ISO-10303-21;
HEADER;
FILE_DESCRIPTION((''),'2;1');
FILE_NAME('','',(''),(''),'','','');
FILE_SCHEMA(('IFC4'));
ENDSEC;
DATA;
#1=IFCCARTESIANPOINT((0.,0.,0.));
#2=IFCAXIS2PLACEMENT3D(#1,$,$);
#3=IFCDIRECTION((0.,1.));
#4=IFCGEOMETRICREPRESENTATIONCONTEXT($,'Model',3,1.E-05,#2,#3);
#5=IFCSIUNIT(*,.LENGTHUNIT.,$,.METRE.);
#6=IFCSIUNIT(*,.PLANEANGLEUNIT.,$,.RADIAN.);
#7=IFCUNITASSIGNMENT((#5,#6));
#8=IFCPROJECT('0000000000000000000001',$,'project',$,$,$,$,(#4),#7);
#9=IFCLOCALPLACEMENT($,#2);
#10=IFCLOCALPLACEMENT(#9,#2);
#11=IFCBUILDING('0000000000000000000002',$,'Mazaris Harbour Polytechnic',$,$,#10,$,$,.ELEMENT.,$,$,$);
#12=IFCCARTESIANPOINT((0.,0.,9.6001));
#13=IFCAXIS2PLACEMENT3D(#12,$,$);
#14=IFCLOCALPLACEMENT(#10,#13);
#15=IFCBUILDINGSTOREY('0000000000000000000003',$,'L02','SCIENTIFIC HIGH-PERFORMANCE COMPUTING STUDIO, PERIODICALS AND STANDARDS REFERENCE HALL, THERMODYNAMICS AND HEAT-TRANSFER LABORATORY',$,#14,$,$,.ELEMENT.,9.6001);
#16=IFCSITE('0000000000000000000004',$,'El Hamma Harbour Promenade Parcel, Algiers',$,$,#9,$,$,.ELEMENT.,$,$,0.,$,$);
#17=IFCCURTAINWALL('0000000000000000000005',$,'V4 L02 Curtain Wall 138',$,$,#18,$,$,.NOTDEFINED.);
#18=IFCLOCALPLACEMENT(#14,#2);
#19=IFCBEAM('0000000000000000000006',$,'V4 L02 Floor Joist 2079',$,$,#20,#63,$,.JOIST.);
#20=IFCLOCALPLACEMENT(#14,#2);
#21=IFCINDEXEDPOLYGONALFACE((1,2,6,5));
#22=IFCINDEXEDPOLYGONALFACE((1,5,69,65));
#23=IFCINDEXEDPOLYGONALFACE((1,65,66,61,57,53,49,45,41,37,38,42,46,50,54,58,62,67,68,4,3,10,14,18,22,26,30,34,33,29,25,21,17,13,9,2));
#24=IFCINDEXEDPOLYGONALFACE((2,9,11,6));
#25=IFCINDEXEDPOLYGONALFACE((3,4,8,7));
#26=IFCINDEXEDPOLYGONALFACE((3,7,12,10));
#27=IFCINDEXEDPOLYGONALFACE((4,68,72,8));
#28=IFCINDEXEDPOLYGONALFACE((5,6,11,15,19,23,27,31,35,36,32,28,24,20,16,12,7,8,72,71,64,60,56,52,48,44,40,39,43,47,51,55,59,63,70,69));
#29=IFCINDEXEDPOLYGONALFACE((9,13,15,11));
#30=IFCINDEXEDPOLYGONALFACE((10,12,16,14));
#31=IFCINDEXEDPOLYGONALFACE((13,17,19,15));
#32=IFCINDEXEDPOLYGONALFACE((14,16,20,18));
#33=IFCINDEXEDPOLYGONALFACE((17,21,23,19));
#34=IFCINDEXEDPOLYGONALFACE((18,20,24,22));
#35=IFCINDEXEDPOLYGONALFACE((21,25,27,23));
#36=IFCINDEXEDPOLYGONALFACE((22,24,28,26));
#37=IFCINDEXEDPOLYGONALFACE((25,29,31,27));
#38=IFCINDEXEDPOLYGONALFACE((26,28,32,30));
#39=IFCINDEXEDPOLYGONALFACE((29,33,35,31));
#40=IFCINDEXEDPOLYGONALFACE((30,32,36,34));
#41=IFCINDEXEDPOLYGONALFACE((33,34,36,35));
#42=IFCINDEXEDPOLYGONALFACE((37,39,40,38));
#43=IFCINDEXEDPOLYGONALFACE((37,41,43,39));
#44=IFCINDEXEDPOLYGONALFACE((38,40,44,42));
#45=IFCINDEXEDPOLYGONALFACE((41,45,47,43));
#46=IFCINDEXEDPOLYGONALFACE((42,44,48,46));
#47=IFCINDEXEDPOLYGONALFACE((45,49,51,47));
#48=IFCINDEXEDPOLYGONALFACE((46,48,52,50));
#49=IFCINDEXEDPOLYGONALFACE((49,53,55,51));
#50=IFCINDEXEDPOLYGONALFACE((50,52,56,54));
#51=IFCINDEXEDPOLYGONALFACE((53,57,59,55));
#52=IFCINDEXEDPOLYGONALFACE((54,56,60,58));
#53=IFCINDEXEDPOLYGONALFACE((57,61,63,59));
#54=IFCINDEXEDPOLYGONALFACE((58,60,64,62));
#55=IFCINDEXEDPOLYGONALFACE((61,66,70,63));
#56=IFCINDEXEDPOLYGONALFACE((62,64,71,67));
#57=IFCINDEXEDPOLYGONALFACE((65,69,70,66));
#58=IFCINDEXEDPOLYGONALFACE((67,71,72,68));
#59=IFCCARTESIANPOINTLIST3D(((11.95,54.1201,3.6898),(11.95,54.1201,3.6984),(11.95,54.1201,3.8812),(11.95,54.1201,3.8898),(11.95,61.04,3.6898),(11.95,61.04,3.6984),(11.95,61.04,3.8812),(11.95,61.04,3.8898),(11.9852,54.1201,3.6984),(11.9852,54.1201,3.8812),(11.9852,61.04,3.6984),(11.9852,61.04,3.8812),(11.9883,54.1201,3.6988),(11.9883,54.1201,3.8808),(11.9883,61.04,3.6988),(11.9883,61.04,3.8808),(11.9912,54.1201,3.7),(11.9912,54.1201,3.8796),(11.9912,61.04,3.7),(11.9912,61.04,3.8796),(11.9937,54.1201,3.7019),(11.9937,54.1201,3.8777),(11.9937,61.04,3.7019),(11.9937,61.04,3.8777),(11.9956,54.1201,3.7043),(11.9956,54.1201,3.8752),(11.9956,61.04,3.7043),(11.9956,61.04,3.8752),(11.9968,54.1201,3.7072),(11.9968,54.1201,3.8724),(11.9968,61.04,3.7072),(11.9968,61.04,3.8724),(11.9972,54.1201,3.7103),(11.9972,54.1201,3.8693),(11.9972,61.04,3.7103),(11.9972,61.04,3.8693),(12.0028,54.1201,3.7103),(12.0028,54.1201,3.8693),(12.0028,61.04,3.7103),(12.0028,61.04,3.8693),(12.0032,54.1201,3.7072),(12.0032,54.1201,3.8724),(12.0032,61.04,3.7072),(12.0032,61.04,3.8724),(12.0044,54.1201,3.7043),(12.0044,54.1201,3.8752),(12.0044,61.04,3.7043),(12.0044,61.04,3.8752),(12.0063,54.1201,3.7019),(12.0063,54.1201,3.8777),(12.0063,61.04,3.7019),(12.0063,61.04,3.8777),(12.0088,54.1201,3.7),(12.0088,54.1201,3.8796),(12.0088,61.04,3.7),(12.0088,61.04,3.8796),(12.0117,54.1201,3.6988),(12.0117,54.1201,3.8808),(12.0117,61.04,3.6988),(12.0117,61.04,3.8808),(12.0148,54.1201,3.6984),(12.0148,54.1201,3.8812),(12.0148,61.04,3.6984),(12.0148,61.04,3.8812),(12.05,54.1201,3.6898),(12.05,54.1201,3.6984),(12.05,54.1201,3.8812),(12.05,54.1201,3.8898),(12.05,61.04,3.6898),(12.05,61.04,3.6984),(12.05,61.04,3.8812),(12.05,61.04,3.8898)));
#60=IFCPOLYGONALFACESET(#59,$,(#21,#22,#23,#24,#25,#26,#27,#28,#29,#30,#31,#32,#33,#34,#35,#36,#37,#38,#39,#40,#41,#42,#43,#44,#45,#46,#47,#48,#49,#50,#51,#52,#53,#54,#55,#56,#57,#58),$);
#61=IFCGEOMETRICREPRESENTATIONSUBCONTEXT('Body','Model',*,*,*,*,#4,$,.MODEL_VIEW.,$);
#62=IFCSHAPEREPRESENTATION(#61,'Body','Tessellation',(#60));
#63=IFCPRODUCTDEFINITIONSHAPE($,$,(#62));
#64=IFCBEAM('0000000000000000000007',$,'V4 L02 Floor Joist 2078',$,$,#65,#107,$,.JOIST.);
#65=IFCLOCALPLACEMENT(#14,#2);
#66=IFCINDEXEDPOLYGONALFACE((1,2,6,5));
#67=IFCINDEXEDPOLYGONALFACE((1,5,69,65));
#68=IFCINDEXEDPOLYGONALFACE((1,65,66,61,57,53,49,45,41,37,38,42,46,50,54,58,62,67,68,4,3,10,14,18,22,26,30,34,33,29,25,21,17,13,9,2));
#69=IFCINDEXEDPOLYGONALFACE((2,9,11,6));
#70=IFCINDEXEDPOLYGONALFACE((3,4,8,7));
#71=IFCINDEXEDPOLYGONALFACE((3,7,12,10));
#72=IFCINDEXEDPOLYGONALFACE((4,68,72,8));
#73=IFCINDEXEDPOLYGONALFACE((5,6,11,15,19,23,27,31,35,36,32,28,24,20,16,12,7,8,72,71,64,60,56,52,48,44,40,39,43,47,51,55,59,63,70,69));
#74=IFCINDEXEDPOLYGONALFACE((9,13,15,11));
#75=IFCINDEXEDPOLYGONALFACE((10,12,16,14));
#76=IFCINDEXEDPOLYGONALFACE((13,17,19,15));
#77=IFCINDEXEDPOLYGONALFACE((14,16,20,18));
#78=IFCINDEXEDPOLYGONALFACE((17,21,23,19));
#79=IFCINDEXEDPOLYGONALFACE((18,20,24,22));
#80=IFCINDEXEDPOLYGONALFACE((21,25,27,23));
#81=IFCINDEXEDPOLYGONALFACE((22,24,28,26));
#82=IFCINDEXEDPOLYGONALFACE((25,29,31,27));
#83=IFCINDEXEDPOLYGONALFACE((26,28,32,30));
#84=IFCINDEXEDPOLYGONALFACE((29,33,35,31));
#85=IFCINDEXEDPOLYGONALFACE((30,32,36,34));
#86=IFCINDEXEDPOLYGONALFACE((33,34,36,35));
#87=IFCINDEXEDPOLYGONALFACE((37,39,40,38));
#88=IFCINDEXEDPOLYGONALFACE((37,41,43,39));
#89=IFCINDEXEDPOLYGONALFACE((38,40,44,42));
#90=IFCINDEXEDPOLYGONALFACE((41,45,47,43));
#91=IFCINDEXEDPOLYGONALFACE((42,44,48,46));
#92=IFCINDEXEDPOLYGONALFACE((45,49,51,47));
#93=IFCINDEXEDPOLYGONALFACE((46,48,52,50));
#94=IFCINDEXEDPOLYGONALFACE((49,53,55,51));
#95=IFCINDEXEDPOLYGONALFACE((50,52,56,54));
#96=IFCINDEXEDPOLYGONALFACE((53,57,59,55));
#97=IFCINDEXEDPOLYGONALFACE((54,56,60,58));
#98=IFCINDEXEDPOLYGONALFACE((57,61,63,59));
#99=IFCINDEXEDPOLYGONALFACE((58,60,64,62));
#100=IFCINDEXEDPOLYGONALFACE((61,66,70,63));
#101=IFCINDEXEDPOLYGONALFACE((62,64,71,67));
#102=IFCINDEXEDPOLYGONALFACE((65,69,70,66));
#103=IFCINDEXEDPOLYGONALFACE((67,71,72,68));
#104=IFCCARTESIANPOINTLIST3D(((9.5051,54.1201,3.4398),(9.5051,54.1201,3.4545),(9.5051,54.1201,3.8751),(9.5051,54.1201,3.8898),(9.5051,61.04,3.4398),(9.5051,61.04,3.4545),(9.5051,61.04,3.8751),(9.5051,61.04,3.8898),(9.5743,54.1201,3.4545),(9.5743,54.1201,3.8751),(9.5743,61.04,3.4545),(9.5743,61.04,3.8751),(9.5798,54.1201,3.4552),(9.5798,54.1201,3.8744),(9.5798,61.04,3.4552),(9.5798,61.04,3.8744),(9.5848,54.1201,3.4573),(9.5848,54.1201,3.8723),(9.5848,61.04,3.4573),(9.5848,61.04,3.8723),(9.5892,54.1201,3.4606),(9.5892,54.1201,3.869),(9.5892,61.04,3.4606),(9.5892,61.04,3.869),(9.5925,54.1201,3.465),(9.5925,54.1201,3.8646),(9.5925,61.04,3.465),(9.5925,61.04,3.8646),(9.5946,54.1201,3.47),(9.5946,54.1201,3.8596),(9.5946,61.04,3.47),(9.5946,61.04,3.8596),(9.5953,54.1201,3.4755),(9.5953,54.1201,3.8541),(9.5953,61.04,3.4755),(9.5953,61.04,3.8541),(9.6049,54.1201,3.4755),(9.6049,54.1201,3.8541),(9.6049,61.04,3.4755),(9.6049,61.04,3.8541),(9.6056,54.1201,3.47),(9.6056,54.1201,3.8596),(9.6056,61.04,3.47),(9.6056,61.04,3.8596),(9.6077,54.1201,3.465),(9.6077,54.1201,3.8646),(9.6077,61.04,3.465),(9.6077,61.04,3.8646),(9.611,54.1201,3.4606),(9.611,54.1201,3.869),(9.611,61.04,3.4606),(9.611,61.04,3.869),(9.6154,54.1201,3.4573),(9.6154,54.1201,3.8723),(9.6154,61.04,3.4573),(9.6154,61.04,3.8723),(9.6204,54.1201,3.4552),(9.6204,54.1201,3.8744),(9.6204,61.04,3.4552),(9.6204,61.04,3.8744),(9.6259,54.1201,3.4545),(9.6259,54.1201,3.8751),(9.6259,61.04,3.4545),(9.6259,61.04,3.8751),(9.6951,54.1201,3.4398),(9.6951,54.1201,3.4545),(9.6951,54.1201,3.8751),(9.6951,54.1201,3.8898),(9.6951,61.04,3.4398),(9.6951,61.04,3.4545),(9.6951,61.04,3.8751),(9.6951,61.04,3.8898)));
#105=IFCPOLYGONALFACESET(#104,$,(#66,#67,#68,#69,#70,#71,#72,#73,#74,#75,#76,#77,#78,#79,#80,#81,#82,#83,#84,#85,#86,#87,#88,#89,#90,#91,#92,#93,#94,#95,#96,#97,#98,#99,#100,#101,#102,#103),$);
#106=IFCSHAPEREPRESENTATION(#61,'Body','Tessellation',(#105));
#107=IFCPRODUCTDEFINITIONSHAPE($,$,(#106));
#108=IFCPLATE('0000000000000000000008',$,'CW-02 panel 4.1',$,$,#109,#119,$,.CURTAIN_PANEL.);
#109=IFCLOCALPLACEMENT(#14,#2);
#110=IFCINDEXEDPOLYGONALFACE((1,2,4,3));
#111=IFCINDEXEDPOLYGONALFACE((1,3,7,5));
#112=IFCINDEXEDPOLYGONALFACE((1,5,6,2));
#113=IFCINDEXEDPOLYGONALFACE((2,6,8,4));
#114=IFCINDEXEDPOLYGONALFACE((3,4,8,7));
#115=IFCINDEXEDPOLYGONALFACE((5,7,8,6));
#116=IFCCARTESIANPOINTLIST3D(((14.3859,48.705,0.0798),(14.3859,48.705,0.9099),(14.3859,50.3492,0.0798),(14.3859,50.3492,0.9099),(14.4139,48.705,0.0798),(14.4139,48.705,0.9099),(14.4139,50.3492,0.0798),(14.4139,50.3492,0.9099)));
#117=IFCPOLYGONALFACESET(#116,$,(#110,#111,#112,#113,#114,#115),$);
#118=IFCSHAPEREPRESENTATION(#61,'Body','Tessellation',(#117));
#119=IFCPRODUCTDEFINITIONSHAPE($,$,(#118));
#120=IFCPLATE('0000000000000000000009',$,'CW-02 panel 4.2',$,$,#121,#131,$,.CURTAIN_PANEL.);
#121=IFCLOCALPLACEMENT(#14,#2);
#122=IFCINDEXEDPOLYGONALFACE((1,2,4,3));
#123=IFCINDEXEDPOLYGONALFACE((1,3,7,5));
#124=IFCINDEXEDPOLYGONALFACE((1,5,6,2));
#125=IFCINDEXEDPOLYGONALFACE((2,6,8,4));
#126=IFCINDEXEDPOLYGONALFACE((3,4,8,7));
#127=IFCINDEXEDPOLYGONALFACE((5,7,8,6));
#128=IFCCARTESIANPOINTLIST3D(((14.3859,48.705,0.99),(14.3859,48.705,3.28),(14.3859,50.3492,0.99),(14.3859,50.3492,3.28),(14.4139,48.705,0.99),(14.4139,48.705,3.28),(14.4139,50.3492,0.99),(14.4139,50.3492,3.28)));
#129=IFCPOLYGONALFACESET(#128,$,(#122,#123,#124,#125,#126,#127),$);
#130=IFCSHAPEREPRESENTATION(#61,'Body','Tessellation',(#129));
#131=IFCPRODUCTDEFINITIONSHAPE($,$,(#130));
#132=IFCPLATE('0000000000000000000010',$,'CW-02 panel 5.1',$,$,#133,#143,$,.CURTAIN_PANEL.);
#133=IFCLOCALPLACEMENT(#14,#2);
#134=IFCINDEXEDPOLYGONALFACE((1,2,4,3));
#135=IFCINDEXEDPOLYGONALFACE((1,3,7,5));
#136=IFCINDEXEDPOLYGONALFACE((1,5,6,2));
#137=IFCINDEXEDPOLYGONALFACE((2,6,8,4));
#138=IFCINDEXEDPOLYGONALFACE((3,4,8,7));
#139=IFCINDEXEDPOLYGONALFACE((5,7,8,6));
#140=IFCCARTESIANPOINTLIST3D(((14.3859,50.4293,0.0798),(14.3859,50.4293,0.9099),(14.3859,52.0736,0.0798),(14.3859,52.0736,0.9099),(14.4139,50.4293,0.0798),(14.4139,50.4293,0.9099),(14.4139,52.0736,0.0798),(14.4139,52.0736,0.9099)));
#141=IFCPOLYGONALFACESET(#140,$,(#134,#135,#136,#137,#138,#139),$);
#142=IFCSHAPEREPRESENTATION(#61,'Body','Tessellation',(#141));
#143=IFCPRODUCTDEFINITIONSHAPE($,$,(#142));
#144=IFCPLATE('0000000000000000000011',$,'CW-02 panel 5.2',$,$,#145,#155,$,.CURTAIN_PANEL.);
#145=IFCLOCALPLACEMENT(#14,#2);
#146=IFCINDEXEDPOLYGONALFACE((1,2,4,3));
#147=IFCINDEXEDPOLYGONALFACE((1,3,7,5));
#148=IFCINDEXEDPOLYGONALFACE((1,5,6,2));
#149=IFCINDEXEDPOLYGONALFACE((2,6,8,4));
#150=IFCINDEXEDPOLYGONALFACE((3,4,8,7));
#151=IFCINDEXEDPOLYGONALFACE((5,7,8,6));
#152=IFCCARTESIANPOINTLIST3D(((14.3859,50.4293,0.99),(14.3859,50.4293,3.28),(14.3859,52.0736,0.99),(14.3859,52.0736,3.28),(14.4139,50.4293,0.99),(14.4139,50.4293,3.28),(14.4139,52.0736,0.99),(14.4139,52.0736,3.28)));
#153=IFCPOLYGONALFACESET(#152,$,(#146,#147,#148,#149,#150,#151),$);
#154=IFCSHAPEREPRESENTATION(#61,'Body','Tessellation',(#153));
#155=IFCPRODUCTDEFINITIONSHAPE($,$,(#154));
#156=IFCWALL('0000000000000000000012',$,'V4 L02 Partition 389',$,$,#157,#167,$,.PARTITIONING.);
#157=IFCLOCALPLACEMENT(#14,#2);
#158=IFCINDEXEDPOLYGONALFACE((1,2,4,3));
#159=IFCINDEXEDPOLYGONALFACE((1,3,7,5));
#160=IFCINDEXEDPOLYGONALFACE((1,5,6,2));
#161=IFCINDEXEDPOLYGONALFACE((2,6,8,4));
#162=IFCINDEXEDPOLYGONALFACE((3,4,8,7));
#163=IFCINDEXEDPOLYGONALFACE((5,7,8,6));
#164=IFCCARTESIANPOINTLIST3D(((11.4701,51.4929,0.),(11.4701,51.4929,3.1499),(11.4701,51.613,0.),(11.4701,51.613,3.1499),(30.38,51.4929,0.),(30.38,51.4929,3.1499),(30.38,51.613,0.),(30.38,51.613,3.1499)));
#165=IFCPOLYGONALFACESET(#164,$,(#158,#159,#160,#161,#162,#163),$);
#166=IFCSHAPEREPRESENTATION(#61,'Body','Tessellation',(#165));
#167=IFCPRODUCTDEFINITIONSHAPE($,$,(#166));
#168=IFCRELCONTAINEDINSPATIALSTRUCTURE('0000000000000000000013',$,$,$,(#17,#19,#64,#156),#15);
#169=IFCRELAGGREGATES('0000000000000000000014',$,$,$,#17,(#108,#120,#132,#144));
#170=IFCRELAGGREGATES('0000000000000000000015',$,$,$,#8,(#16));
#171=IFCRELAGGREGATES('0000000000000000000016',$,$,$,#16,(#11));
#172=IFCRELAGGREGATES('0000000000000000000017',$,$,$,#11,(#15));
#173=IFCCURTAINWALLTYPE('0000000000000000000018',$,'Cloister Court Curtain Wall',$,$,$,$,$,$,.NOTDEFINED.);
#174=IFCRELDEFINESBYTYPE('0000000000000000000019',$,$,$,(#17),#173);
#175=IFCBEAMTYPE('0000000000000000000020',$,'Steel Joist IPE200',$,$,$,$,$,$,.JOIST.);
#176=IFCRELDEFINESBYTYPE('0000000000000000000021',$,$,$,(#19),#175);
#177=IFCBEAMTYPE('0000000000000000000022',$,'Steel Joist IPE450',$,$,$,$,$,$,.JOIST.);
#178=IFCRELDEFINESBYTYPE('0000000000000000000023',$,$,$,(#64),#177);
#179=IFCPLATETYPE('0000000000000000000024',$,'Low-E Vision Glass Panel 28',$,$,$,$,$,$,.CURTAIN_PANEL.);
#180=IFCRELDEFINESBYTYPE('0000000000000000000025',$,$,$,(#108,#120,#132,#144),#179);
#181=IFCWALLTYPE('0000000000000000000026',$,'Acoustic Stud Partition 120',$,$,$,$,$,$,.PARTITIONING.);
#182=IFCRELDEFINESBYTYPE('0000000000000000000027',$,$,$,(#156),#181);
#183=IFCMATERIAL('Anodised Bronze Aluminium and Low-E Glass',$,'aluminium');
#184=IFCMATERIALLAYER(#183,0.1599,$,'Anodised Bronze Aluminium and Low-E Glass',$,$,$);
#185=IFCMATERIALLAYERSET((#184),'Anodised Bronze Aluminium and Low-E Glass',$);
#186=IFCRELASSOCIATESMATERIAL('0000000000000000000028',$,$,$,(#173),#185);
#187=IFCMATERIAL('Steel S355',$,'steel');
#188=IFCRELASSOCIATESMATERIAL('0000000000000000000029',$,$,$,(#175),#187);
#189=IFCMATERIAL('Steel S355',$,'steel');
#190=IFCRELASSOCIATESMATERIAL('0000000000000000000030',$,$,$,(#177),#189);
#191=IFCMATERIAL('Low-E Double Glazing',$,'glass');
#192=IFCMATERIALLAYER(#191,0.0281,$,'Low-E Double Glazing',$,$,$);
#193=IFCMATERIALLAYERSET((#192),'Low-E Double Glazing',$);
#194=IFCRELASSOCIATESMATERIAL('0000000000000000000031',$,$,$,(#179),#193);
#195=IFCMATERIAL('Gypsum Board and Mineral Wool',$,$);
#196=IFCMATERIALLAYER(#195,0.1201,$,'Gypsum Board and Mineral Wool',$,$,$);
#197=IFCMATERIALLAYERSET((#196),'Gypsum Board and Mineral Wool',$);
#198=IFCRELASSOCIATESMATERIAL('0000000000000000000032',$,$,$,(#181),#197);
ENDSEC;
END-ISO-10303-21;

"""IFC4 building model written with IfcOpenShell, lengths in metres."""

from ifc_helpers import new_model, si_unit, direction, frame, frame_2d, origin, origin_2d, place, context, subcontext, project, spatial, rectangle, i_section, extrude, material, layer, layer_set, material_profile, profile_set, type_object, element, aggregate, save


model = new_model("IFC4")

# Units and contexts
model_context = context("Model", 3, precision=1e-05, world=origin(), true_north=direction((0.0, 1.0)))
body_context = subcontext(model_context, "Body", "Model", "MODEL_VIEW")
ifc_project = project(units=[si_unit("LENGTHUNIT", "METRE"), si_unit("PLANEANGLEUNIT", "RADIAN")], contexts=[model_context])

# Site, building, storey
site_placement = place(None, origin())
site = spatial("IfcSite", under=ifc_project, at=site_placement, Name="El Hamma Harbour Promenade Parcel, Algiers", CompositionType="ELEMENT", RefElevation=0.0)
building_placement = place(site_placement, origin())
building = spatial("IfcBuilding", under=site, at=building_placement, Name="Mazaris Harbour Polytechnic", CompositionType="ELEMENT")
storey_placement = place(building_placement, frame((0.0, 0.0, 9.6001)))
storey = spatial("IfcBuildingStorey", under=building, at=storey_placement, Name="L02", Description="SCIENTIFIC HIGH-PERFORMANCE COMPUTING STUDIO, PERIODICALS AND STANDARDS REFERENCE HALL, THERMODYNAMICS AND HEAT-TRANSFER LABORATORY", CompositionType="ELEMENT", Elevation=9.6001)

# Curtain wall
ifc_material_1 = material(Name="Anodised Bronze Aluminium and Low-E Glass", Category="aluminium")
ifc_layer_1 = layer(ifc_material_1, 0.1599, Name="Anodised Bronze Aluminium and Low-E Glass")
ifc_layer_set_1 = layer_set([ifc_layer_1], Name="Anodised Bronze Aluminium and Low-E Glass")
curtain_wall_type = type_object("IfcCurtainWallType", Name="Cloister Court Curtain Wall", PredefinedType="NOTDEFINED", material=ifc_layer_set_1)
curtain_wall_placement = place(storey_placement, origin())
curtain_wall = element("IfcCurtainWall", 1, at=curtain_wall_placement, inside=storey, type_object=curtain_wall_type, Name="V4 L02 Curtain Wall 138", PredefinedType="NOTDEFINED")

# Beams
ifc_material_2 = material(Name="Steel S355", Category="steel")
ifc_material_profile_1 = material_profile(ifc_material_2, i_section(OverallWidth=0.1001, OverallDepth=0.2, WebThickness=0.0056, FlangeThickness=0.0085, FilletRadius=0.012, at=origin_2d()), Name="IPE 200")
ifc_profile_set_1 = profile_set([ifc_material_profile_1], Name="Steel S355")
beam_type_1 = type_object("IfcBeamType", Name="Steel Joist IPE200", PredefinedType="JOIST", material=ifc_profile_set_1)
beam_1_placement = place(storey_placement, frame((12.0, 54.1201, 3.7898), z_axis=(0.0, 1.0, 0.0), x_axis=(-1.0, 0.0, 0.0)))
element("IfcBeam", 2, at=beam_1_placement, inside=storey, type_object=beam_type_1, Name="V4 L02 Floor Joist 2079", PredefinedType="JOIST", context=body_context, shape_type="SweptSolid", body=[
    extrude(i_section(OverallWidth=0.1001, OverallDepth=0.2, WebThickness=0.0056, FlangeThickness=0.0085, FilletRadius=0.012, at=origin_2d()), origin(), (0.0, 0.0, 1.0), 6.9199),
])
ifc_material_3 = material(Name="Steel S355", Category="steel")
ifc_material_profile_2 = material_profile(ifc_material_3, i_section(OverallWidth=0.1899, OverallDepth=0.45, WebThickness=0.0095, FlangeThickness=0.0146, FilletRadius=0.021, at=origin_2d()), Name="IPE 450")
ifc_profile_set_2 = profile_set([ifc_material_profile_2], Name="Steel S355")
beam_type_2 = type_object("IfcBeamType", Name="Steel Joist IPE450", PredefinedType="JOIST", material=ifc_profile_set_2)
beam_2_placement = place(storey_placement, frame((9.6001, 54.1201, 3.6648), z_axis=(0.0, 1.0, 0.0), x_axis=(-1.0, 0.0, 0.0)))
element("IfcBeam", 3, at=beam_2_placement, inside=storey, type_object=beam_type_2, Name="V4 L02 Floor Joist 2078", PredefinedType="JOIST", context=body_context, shape_type="SweptSolid", body=[
    extrude(i_section(OverallWidth=0.1899, OverallDepth=0.45, WebThickness=0.0095, FlangeThickness=0.0146, FilletRadius=0.021, at=origin_2d()), origin(), (0.0, 0.0, 1.0), 6.9199),
])

# Plates
ifc_material_4 = material(Name="Low-E Double Glazing", Category="glass")
ifc_layer_2 = layer(ifc_material_4, 0.0281, Name="Low-E Double Glazing")
ifc_layer_set_2 = layer_set([ifc_layer_2], Name="Low-E Double Glazing")
plate_type = type_object("IfcPlateType", Name="Low-E Vision Glass Panel 28", PredefinedType="CURTAIN_PANEL", material=ifc_layer_set_2)
plate_1_placement = place(storey_placement, frame((14.3999, 49.5271, 0.0798), z_axis=(0.0, 0.0, 1.0), x_axis=(0.0, 1.0, 0.0)))
plate_1 = element("IfcPlate", 4, at=plate_1_placement, type_object=plate_type, Name="CW-02 panel 4.1", PredefinedType="CURTAIN_PANEL", context=body_context, shape_type="SweptSolid", body=[
    extrude(rectangle(XDim=1.6443, YDim=0.0281, at=origin_2d()), origin(), (0.0, 0.0, 1.0), 0.8301),
])
plate_2_placement = place(storey_placement, frame((14.3999, 49.5271, 0.99), z_axis=(0.0, 0.0, 1.0), x_axis=(0.0, 1.0, 0.0)))
plate_2 = element("IfcPlate", 5, at=plate_2_placement, type_object=plate_type, Name="CW-02 panel 4.2", PredefinedType="CURTAIN_PANEL", context=body_context, shape_type="SweptSolid", body=[
    extrude(rectangle(XDim=1.6443, YDim=0.0281, at=origin_2d()), origin(), (0.0, 0.0, 1.0), 2.29),
])
plate_3_placement = place(storey_placement, frame((14.3999, 51.2515, 0.0798), z_axis=(0.0, 0.0, 1.0), x_axis=(0.0, 1.0, 0.0)))
plate_3 = element("IfcPlate", 6, at=plate_3_placement, type_object=plate_type, Name="CW-02 panel 5.1", PredefinedType="CURTAIN_PANEL", context=body_context, shape_type="SweptSolid", body=[
    extrude(rectangle(XDim=1.6443, YDim=0.0281, at=origin_2d()), origin(), (0.0, 0.0, 1.0), 0.8301),
])
plate_4_placement = place(storey_placement, frame((14.3999, 51.2515, 0.99), z_axis=(0.0, 0.0, 1.0), x_axis=(0.0, 1.0, 0.0)))
plate_4 = element("IfcPlate", 7, at=plate_4_placement, type_object=plate_type, Name="CW-02 panel 5.2", PredefinedType="CURTAIN_PANEL", context=body_context, shape_type="SweptSolid", body=[
    extrude(rectangle(XDim=1.6443, YDim=0.0281, at=origin_2d()), origin(), (0.0, 0.0, 1.0), 2.29),
])
aggregate(curtain_wall, [plate_1, plate_2, plate_3, plate_4])

# Wall
ifc_material_5 = material(Name="Gypsum Board and Mineral Wool")
ifc_layer_3 = layer(ifc_material_5, 0.1201, Name="Gypsum Board and Mineral Wool")
ifc_layer_set_3 = layer_set([ifc_layer_3], Name="Gypsum Board and Mineral Wool")
wall_type_1 = type_object("IfcWallType", Name="Acoustic Stud Partition 120", PredefinedType="PARTITIONING", material=ifc_layer_set_3)
wall_1_placement = place(storey_placement, frame((11.47, 51.553, 0.0), z_axis=(0.0, 0.0, 1.0), x_axis=(1.0, 0.0, 0.0)))
element("IfcWall", 8, at=wall_1_placement, inside=storey, type_object=wall_type_1, Name="V4 L02 Partition 389", PredefinedType="PARTITIONING", context=body_context, shape_type="SweptSolid", body=[
    extrude(rectangle(XDim=18.9099, YDim=0.1201, at=frame_2d((9.4551, 0.0))), origin(), (0.0, 0.0, 1.0), 3.1499),
])

save(model, "model.ifc")
